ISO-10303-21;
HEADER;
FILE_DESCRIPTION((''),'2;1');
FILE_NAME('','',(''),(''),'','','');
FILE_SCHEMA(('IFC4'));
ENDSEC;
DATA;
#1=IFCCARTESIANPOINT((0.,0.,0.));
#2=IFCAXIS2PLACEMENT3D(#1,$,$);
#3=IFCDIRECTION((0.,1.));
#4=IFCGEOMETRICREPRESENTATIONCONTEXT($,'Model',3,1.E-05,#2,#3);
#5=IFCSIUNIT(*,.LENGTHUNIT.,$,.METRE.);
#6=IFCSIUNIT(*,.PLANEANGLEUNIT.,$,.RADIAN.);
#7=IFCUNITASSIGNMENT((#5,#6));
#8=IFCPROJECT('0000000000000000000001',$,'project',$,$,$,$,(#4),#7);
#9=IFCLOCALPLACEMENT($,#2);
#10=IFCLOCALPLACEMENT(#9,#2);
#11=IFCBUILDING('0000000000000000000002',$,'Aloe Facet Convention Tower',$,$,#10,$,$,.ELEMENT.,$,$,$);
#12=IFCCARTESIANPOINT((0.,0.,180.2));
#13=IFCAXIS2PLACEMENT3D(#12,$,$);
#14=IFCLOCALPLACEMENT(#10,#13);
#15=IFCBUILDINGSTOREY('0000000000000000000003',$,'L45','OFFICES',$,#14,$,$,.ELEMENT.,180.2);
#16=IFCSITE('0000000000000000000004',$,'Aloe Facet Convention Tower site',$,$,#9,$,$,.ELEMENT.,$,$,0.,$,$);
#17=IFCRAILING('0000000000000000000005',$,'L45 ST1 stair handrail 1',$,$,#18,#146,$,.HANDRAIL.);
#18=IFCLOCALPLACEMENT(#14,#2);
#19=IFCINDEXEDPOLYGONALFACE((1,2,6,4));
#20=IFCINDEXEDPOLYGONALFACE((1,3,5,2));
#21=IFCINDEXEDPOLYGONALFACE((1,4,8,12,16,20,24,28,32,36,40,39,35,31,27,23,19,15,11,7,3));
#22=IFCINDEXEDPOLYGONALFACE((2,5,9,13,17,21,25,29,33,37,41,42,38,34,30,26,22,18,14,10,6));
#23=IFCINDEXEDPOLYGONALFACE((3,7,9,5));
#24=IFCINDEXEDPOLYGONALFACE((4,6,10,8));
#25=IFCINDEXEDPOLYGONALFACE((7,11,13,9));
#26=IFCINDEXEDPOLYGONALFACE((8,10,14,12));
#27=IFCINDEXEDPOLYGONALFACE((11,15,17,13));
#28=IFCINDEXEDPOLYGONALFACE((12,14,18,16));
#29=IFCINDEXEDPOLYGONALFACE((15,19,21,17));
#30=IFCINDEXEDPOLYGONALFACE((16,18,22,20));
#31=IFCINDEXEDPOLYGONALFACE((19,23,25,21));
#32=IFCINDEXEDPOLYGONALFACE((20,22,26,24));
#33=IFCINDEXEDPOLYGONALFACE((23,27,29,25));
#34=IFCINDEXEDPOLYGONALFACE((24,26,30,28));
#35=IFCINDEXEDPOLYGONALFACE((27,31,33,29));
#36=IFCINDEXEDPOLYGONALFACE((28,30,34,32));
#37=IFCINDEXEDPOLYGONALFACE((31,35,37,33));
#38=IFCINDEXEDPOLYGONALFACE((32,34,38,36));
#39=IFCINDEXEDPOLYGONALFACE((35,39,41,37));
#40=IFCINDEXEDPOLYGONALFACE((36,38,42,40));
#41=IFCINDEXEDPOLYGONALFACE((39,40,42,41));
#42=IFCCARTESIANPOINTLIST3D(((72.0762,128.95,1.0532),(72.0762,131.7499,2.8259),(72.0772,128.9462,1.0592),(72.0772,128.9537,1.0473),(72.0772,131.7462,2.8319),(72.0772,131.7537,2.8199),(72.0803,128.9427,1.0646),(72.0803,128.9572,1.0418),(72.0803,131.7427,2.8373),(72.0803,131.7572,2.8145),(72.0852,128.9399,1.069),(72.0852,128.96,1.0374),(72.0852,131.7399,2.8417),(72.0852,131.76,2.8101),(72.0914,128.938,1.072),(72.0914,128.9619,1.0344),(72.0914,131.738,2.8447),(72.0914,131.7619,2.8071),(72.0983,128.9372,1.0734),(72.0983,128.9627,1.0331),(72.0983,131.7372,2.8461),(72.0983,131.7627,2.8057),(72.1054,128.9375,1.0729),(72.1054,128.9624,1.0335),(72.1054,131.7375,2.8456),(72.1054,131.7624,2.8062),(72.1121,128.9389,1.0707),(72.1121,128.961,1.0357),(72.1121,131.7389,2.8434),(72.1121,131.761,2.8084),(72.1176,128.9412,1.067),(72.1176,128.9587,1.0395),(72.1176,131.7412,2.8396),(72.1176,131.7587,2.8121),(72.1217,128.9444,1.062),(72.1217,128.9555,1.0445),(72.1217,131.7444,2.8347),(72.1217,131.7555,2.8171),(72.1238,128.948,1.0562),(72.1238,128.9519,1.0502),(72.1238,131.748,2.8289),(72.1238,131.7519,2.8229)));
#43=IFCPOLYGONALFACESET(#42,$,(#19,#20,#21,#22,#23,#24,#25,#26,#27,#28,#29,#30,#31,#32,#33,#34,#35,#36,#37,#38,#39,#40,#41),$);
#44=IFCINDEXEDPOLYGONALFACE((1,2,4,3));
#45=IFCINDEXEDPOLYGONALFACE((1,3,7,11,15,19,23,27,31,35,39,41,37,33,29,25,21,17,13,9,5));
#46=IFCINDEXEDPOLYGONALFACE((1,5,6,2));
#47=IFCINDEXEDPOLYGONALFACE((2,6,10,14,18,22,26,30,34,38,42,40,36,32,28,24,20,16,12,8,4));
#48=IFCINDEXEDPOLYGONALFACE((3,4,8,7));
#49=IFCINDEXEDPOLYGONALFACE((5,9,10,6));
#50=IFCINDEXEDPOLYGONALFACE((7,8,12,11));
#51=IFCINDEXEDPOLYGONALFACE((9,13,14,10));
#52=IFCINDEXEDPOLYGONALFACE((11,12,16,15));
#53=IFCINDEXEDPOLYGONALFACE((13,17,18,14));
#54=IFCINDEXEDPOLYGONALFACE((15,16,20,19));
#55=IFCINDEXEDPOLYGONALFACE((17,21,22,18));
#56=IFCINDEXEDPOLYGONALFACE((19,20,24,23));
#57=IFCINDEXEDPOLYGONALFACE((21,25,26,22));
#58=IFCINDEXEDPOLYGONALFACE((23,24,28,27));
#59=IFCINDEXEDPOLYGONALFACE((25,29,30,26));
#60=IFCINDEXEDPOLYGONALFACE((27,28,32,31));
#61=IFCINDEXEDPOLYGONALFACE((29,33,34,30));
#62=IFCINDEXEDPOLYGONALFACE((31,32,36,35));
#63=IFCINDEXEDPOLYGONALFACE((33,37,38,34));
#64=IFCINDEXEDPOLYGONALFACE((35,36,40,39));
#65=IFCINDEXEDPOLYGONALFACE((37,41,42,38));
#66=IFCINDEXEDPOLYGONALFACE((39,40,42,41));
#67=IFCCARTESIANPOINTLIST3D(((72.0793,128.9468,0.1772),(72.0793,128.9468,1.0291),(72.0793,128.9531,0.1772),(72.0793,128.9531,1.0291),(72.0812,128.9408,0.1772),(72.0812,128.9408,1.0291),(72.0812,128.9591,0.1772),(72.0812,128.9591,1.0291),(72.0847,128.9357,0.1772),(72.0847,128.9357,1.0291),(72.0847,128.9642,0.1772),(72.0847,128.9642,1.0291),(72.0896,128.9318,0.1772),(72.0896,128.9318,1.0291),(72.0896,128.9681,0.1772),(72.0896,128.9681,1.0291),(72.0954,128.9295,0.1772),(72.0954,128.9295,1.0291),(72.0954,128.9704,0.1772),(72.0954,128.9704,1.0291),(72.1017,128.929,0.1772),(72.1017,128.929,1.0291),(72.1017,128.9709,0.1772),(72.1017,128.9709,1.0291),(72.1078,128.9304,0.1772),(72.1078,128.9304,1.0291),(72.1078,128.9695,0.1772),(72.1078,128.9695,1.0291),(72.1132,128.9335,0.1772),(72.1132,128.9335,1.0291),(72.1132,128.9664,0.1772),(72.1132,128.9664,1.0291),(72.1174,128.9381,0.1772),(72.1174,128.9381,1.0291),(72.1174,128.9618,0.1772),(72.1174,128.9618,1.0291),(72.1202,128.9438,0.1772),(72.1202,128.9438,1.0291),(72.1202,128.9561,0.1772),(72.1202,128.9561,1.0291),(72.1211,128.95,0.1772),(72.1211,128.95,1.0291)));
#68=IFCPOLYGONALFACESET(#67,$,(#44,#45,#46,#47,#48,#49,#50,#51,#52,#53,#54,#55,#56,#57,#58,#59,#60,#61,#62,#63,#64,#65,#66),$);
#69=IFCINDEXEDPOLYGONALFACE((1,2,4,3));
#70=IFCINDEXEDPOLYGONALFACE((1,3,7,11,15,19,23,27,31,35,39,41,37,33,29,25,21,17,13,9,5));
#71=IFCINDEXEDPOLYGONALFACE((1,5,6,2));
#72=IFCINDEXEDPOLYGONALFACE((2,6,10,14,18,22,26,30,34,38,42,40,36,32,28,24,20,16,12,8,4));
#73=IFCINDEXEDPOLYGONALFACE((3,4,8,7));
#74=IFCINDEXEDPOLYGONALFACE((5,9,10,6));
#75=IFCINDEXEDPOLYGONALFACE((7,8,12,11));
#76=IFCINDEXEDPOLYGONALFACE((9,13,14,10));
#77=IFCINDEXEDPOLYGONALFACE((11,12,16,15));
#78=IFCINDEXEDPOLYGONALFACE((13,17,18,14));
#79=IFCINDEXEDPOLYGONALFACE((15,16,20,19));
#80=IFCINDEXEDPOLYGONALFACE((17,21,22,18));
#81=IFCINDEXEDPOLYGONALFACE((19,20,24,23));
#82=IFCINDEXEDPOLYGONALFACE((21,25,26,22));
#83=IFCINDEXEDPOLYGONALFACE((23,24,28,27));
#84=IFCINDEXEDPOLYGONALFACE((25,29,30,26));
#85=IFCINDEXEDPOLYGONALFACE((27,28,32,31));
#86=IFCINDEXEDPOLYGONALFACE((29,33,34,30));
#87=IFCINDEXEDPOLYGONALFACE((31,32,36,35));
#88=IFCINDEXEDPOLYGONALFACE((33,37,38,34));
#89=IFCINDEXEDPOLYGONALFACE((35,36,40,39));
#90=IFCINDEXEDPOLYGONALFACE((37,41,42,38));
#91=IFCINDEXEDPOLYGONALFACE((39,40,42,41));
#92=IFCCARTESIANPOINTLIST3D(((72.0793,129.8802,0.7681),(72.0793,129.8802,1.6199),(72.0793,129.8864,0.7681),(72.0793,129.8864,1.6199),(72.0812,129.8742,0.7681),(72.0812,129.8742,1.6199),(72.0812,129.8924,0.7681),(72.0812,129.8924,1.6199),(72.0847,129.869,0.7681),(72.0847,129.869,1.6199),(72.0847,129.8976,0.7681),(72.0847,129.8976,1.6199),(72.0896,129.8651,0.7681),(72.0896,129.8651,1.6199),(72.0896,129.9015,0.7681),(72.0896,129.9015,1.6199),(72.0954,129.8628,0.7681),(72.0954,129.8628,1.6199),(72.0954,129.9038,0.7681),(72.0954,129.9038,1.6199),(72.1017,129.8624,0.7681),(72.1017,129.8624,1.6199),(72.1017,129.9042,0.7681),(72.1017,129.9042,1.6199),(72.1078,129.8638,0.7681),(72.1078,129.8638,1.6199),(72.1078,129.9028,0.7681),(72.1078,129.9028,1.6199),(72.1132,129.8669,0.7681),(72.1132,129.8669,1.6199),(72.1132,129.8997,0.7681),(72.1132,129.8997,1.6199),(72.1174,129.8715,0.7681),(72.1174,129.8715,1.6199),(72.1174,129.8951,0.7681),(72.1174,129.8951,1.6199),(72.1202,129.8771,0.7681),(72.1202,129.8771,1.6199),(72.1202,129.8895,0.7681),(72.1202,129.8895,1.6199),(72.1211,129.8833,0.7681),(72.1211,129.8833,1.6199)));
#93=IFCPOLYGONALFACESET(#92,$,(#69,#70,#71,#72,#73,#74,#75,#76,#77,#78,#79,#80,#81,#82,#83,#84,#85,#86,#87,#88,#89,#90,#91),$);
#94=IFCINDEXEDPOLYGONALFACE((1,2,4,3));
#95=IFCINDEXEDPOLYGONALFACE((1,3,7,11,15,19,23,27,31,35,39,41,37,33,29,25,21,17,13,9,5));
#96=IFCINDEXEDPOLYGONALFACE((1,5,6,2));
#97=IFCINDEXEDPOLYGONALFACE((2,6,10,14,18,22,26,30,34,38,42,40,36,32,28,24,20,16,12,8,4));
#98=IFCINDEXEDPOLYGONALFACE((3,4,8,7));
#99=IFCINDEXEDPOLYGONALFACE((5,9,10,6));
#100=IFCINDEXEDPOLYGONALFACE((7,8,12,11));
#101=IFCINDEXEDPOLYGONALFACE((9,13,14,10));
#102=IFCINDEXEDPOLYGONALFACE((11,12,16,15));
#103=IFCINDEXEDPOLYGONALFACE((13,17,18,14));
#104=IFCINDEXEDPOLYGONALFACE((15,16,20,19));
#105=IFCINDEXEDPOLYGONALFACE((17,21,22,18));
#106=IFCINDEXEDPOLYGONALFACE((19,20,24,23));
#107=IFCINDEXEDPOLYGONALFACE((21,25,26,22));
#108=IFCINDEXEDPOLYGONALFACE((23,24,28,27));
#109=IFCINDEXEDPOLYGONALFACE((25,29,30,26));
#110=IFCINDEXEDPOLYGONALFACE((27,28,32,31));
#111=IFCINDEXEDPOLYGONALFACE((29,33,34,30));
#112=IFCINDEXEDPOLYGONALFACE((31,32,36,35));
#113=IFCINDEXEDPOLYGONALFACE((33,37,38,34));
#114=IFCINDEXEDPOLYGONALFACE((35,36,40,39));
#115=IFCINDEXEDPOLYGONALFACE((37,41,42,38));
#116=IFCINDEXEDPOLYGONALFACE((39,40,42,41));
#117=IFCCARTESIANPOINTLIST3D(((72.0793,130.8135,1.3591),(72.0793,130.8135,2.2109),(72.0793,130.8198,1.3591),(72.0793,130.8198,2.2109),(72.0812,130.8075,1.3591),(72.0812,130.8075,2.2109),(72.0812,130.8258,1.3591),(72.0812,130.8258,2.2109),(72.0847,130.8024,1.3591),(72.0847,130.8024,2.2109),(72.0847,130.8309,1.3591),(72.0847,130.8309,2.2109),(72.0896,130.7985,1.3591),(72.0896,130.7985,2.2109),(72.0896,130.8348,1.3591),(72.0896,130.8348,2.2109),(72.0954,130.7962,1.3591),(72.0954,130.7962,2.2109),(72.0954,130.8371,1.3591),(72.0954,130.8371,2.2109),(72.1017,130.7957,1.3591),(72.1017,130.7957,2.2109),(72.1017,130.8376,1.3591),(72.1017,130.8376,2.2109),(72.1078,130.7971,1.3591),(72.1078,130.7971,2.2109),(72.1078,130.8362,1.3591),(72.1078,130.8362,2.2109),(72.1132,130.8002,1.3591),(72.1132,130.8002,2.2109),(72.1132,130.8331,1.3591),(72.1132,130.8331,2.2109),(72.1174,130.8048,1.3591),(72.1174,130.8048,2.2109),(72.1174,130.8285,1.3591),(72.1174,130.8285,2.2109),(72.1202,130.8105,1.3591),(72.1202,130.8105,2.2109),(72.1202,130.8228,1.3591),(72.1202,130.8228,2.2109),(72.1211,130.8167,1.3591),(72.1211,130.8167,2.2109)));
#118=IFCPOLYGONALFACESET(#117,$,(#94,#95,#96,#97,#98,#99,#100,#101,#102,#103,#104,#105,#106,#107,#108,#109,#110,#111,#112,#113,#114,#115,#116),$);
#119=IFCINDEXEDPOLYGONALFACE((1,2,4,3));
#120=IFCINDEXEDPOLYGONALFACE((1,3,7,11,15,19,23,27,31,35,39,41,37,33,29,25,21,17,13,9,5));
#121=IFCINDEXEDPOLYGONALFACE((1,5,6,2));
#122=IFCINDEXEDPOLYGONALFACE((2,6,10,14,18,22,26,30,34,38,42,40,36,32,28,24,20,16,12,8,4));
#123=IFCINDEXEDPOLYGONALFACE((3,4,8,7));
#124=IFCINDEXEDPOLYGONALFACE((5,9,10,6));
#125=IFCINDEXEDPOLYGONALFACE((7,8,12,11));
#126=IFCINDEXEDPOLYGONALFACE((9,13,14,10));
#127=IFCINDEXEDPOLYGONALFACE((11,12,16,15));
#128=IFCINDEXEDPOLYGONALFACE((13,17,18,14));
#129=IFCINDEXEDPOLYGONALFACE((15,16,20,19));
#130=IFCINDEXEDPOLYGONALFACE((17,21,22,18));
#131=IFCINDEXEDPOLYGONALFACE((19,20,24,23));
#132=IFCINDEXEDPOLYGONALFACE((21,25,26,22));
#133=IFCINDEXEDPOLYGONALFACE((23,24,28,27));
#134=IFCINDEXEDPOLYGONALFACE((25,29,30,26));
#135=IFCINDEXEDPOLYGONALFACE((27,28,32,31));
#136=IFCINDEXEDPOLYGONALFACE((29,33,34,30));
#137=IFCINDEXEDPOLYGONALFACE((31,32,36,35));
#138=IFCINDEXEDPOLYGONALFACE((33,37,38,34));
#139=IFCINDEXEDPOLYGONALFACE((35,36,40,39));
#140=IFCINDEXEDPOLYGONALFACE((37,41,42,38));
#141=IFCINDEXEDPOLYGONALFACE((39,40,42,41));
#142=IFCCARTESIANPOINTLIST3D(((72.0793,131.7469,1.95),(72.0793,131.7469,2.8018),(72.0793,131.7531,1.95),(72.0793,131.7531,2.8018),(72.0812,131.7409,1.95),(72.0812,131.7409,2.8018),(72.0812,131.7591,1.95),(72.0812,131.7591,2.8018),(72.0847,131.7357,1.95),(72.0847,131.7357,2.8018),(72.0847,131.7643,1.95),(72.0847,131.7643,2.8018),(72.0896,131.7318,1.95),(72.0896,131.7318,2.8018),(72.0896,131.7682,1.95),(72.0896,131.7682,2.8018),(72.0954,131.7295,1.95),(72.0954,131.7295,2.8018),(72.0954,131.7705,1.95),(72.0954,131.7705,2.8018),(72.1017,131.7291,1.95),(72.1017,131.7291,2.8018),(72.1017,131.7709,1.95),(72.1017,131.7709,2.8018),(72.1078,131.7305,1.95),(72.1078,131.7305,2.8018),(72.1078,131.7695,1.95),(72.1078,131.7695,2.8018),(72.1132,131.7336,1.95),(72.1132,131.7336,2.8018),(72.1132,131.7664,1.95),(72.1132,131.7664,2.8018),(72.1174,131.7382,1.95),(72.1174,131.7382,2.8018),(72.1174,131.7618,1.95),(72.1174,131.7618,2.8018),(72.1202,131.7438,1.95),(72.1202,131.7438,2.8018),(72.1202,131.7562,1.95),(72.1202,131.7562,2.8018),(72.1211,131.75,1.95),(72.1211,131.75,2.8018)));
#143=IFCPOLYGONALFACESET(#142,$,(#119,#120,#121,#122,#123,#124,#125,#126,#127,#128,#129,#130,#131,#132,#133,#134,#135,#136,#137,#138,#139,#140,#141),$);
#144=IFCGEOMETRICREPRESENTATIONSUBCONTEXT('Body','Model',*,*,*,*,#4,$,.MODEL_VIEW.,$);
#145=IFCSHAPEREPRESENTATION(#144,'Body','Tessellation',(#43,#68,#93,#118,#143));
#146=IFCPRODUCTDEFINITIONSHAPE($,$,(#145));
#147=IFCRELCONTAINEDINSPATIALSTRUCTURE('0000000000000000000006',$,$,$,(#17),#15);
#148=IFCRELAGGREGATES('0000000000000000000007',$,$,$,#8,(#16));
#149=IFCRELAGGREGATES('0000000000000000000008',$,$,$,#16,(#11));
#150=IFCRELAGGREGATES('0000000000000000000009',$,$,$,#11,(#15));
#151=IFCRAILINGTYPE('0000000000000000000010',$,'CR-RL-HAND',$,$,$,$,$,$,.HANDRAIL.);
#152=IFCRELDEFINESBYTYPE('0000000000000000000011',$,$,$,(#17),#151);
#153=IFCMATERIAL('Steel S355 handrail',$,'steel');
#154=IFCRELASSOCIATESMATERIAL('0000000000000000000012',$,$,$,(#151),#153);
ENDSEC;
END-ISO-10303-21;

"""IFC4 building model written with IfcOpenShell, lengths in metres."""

from ifc_helpers import new_model, si_unit, direction, frame, origin, origin_2d, place, context, subcontext, project, spatial, circle, extrude, material, type_object, element, save


model = new_model("IFC4")

# Units and contexts
model_context = context("Model", 3, precision=1e-05, world=origin(), true_north=direction((0.0, 1.0)))
body_context = subcontext(model_context, "Body", "Model", "MODEL_VIEW")
ifc_project = project(units=[si_unit("LENGTHUNIT", "METRE"), si_unit("PLANEANGLEUNIT", "RADIAN")], contexts=[model_context])

# Site, building, storey
site_placement = place(None, origin())
site = spatial("IfcSite", under=ifc_project, at=site_placement, Name="Aloe Facet Convention Tower site", CompositionType="ELEMENT", RefElevation=0.0)
building_placement = place(site_placement, origin())
building = spatial("IfcBuilding", under=site, at=building_placement, Name="Aloe Facet Convention Tower", CompositionType="ELEMENT")
storey_placement = place(building_placement, frame((0.0, 0.0, 180.2)))
storey = spatial("IfcBuildingStorey", under=building, at=storey_placement, Name="L45", Description="OFFICES", CompositionType="ELEMENT", Elevation=180.2)

# Railing
ifc_material_1 = material(Name="Steel S355 handrail", Category="steel")
railing_type_1 = type_object("IfcRailingType", Name="CR-RL-HAND", PredefinedType="HANDRAIL", material=ifc_material_1)
railing_1_placement = place(storey_placement, frame((72.1001, 128.95, 0.1772)))
element("IfcRailing", 1, at=railing_1_placement, inside=storey, type_object=railing_type_1, Name="L45 ST1 stair handrail 1", PredefinedType="HANDRAIL", context=body_context, shape_type="SweptSolid", body=[
    extrude(circle(Radius=0.0239, at=origin_2d()), frame((0.0, 0.0, 0.876), z_axis=(0.0, 0.844909, 0.53491), x_axis=(-1.0, 0.0, 0.0)), (0.0, 0.0, 1.0), 3.314),
    extrude(circle(Radius=0.021, at=origin_2d()), origin(), (0.0, 0.0, 1.0), 0.8518),
    extrude(circle(Radius=0.021, at=origin_2d()), frame((0.0, 0.9333, 0.5908)), (0.0, 0.0, 1.0), 0.8518),
    extrude(circle(Radius=0.021, at=origin_2d()), frame((0.0, 1.8667, 1.1819)), (0.0, 0.0, 1.0), 0.8518),
    extrude(circle(Radius=0.021, at=origin_2d()), frame((0.0, 2.8, 1.7727)), (0.0, 0.0, 1.0), 0.8518),
])

save(model, "model.ifc")
